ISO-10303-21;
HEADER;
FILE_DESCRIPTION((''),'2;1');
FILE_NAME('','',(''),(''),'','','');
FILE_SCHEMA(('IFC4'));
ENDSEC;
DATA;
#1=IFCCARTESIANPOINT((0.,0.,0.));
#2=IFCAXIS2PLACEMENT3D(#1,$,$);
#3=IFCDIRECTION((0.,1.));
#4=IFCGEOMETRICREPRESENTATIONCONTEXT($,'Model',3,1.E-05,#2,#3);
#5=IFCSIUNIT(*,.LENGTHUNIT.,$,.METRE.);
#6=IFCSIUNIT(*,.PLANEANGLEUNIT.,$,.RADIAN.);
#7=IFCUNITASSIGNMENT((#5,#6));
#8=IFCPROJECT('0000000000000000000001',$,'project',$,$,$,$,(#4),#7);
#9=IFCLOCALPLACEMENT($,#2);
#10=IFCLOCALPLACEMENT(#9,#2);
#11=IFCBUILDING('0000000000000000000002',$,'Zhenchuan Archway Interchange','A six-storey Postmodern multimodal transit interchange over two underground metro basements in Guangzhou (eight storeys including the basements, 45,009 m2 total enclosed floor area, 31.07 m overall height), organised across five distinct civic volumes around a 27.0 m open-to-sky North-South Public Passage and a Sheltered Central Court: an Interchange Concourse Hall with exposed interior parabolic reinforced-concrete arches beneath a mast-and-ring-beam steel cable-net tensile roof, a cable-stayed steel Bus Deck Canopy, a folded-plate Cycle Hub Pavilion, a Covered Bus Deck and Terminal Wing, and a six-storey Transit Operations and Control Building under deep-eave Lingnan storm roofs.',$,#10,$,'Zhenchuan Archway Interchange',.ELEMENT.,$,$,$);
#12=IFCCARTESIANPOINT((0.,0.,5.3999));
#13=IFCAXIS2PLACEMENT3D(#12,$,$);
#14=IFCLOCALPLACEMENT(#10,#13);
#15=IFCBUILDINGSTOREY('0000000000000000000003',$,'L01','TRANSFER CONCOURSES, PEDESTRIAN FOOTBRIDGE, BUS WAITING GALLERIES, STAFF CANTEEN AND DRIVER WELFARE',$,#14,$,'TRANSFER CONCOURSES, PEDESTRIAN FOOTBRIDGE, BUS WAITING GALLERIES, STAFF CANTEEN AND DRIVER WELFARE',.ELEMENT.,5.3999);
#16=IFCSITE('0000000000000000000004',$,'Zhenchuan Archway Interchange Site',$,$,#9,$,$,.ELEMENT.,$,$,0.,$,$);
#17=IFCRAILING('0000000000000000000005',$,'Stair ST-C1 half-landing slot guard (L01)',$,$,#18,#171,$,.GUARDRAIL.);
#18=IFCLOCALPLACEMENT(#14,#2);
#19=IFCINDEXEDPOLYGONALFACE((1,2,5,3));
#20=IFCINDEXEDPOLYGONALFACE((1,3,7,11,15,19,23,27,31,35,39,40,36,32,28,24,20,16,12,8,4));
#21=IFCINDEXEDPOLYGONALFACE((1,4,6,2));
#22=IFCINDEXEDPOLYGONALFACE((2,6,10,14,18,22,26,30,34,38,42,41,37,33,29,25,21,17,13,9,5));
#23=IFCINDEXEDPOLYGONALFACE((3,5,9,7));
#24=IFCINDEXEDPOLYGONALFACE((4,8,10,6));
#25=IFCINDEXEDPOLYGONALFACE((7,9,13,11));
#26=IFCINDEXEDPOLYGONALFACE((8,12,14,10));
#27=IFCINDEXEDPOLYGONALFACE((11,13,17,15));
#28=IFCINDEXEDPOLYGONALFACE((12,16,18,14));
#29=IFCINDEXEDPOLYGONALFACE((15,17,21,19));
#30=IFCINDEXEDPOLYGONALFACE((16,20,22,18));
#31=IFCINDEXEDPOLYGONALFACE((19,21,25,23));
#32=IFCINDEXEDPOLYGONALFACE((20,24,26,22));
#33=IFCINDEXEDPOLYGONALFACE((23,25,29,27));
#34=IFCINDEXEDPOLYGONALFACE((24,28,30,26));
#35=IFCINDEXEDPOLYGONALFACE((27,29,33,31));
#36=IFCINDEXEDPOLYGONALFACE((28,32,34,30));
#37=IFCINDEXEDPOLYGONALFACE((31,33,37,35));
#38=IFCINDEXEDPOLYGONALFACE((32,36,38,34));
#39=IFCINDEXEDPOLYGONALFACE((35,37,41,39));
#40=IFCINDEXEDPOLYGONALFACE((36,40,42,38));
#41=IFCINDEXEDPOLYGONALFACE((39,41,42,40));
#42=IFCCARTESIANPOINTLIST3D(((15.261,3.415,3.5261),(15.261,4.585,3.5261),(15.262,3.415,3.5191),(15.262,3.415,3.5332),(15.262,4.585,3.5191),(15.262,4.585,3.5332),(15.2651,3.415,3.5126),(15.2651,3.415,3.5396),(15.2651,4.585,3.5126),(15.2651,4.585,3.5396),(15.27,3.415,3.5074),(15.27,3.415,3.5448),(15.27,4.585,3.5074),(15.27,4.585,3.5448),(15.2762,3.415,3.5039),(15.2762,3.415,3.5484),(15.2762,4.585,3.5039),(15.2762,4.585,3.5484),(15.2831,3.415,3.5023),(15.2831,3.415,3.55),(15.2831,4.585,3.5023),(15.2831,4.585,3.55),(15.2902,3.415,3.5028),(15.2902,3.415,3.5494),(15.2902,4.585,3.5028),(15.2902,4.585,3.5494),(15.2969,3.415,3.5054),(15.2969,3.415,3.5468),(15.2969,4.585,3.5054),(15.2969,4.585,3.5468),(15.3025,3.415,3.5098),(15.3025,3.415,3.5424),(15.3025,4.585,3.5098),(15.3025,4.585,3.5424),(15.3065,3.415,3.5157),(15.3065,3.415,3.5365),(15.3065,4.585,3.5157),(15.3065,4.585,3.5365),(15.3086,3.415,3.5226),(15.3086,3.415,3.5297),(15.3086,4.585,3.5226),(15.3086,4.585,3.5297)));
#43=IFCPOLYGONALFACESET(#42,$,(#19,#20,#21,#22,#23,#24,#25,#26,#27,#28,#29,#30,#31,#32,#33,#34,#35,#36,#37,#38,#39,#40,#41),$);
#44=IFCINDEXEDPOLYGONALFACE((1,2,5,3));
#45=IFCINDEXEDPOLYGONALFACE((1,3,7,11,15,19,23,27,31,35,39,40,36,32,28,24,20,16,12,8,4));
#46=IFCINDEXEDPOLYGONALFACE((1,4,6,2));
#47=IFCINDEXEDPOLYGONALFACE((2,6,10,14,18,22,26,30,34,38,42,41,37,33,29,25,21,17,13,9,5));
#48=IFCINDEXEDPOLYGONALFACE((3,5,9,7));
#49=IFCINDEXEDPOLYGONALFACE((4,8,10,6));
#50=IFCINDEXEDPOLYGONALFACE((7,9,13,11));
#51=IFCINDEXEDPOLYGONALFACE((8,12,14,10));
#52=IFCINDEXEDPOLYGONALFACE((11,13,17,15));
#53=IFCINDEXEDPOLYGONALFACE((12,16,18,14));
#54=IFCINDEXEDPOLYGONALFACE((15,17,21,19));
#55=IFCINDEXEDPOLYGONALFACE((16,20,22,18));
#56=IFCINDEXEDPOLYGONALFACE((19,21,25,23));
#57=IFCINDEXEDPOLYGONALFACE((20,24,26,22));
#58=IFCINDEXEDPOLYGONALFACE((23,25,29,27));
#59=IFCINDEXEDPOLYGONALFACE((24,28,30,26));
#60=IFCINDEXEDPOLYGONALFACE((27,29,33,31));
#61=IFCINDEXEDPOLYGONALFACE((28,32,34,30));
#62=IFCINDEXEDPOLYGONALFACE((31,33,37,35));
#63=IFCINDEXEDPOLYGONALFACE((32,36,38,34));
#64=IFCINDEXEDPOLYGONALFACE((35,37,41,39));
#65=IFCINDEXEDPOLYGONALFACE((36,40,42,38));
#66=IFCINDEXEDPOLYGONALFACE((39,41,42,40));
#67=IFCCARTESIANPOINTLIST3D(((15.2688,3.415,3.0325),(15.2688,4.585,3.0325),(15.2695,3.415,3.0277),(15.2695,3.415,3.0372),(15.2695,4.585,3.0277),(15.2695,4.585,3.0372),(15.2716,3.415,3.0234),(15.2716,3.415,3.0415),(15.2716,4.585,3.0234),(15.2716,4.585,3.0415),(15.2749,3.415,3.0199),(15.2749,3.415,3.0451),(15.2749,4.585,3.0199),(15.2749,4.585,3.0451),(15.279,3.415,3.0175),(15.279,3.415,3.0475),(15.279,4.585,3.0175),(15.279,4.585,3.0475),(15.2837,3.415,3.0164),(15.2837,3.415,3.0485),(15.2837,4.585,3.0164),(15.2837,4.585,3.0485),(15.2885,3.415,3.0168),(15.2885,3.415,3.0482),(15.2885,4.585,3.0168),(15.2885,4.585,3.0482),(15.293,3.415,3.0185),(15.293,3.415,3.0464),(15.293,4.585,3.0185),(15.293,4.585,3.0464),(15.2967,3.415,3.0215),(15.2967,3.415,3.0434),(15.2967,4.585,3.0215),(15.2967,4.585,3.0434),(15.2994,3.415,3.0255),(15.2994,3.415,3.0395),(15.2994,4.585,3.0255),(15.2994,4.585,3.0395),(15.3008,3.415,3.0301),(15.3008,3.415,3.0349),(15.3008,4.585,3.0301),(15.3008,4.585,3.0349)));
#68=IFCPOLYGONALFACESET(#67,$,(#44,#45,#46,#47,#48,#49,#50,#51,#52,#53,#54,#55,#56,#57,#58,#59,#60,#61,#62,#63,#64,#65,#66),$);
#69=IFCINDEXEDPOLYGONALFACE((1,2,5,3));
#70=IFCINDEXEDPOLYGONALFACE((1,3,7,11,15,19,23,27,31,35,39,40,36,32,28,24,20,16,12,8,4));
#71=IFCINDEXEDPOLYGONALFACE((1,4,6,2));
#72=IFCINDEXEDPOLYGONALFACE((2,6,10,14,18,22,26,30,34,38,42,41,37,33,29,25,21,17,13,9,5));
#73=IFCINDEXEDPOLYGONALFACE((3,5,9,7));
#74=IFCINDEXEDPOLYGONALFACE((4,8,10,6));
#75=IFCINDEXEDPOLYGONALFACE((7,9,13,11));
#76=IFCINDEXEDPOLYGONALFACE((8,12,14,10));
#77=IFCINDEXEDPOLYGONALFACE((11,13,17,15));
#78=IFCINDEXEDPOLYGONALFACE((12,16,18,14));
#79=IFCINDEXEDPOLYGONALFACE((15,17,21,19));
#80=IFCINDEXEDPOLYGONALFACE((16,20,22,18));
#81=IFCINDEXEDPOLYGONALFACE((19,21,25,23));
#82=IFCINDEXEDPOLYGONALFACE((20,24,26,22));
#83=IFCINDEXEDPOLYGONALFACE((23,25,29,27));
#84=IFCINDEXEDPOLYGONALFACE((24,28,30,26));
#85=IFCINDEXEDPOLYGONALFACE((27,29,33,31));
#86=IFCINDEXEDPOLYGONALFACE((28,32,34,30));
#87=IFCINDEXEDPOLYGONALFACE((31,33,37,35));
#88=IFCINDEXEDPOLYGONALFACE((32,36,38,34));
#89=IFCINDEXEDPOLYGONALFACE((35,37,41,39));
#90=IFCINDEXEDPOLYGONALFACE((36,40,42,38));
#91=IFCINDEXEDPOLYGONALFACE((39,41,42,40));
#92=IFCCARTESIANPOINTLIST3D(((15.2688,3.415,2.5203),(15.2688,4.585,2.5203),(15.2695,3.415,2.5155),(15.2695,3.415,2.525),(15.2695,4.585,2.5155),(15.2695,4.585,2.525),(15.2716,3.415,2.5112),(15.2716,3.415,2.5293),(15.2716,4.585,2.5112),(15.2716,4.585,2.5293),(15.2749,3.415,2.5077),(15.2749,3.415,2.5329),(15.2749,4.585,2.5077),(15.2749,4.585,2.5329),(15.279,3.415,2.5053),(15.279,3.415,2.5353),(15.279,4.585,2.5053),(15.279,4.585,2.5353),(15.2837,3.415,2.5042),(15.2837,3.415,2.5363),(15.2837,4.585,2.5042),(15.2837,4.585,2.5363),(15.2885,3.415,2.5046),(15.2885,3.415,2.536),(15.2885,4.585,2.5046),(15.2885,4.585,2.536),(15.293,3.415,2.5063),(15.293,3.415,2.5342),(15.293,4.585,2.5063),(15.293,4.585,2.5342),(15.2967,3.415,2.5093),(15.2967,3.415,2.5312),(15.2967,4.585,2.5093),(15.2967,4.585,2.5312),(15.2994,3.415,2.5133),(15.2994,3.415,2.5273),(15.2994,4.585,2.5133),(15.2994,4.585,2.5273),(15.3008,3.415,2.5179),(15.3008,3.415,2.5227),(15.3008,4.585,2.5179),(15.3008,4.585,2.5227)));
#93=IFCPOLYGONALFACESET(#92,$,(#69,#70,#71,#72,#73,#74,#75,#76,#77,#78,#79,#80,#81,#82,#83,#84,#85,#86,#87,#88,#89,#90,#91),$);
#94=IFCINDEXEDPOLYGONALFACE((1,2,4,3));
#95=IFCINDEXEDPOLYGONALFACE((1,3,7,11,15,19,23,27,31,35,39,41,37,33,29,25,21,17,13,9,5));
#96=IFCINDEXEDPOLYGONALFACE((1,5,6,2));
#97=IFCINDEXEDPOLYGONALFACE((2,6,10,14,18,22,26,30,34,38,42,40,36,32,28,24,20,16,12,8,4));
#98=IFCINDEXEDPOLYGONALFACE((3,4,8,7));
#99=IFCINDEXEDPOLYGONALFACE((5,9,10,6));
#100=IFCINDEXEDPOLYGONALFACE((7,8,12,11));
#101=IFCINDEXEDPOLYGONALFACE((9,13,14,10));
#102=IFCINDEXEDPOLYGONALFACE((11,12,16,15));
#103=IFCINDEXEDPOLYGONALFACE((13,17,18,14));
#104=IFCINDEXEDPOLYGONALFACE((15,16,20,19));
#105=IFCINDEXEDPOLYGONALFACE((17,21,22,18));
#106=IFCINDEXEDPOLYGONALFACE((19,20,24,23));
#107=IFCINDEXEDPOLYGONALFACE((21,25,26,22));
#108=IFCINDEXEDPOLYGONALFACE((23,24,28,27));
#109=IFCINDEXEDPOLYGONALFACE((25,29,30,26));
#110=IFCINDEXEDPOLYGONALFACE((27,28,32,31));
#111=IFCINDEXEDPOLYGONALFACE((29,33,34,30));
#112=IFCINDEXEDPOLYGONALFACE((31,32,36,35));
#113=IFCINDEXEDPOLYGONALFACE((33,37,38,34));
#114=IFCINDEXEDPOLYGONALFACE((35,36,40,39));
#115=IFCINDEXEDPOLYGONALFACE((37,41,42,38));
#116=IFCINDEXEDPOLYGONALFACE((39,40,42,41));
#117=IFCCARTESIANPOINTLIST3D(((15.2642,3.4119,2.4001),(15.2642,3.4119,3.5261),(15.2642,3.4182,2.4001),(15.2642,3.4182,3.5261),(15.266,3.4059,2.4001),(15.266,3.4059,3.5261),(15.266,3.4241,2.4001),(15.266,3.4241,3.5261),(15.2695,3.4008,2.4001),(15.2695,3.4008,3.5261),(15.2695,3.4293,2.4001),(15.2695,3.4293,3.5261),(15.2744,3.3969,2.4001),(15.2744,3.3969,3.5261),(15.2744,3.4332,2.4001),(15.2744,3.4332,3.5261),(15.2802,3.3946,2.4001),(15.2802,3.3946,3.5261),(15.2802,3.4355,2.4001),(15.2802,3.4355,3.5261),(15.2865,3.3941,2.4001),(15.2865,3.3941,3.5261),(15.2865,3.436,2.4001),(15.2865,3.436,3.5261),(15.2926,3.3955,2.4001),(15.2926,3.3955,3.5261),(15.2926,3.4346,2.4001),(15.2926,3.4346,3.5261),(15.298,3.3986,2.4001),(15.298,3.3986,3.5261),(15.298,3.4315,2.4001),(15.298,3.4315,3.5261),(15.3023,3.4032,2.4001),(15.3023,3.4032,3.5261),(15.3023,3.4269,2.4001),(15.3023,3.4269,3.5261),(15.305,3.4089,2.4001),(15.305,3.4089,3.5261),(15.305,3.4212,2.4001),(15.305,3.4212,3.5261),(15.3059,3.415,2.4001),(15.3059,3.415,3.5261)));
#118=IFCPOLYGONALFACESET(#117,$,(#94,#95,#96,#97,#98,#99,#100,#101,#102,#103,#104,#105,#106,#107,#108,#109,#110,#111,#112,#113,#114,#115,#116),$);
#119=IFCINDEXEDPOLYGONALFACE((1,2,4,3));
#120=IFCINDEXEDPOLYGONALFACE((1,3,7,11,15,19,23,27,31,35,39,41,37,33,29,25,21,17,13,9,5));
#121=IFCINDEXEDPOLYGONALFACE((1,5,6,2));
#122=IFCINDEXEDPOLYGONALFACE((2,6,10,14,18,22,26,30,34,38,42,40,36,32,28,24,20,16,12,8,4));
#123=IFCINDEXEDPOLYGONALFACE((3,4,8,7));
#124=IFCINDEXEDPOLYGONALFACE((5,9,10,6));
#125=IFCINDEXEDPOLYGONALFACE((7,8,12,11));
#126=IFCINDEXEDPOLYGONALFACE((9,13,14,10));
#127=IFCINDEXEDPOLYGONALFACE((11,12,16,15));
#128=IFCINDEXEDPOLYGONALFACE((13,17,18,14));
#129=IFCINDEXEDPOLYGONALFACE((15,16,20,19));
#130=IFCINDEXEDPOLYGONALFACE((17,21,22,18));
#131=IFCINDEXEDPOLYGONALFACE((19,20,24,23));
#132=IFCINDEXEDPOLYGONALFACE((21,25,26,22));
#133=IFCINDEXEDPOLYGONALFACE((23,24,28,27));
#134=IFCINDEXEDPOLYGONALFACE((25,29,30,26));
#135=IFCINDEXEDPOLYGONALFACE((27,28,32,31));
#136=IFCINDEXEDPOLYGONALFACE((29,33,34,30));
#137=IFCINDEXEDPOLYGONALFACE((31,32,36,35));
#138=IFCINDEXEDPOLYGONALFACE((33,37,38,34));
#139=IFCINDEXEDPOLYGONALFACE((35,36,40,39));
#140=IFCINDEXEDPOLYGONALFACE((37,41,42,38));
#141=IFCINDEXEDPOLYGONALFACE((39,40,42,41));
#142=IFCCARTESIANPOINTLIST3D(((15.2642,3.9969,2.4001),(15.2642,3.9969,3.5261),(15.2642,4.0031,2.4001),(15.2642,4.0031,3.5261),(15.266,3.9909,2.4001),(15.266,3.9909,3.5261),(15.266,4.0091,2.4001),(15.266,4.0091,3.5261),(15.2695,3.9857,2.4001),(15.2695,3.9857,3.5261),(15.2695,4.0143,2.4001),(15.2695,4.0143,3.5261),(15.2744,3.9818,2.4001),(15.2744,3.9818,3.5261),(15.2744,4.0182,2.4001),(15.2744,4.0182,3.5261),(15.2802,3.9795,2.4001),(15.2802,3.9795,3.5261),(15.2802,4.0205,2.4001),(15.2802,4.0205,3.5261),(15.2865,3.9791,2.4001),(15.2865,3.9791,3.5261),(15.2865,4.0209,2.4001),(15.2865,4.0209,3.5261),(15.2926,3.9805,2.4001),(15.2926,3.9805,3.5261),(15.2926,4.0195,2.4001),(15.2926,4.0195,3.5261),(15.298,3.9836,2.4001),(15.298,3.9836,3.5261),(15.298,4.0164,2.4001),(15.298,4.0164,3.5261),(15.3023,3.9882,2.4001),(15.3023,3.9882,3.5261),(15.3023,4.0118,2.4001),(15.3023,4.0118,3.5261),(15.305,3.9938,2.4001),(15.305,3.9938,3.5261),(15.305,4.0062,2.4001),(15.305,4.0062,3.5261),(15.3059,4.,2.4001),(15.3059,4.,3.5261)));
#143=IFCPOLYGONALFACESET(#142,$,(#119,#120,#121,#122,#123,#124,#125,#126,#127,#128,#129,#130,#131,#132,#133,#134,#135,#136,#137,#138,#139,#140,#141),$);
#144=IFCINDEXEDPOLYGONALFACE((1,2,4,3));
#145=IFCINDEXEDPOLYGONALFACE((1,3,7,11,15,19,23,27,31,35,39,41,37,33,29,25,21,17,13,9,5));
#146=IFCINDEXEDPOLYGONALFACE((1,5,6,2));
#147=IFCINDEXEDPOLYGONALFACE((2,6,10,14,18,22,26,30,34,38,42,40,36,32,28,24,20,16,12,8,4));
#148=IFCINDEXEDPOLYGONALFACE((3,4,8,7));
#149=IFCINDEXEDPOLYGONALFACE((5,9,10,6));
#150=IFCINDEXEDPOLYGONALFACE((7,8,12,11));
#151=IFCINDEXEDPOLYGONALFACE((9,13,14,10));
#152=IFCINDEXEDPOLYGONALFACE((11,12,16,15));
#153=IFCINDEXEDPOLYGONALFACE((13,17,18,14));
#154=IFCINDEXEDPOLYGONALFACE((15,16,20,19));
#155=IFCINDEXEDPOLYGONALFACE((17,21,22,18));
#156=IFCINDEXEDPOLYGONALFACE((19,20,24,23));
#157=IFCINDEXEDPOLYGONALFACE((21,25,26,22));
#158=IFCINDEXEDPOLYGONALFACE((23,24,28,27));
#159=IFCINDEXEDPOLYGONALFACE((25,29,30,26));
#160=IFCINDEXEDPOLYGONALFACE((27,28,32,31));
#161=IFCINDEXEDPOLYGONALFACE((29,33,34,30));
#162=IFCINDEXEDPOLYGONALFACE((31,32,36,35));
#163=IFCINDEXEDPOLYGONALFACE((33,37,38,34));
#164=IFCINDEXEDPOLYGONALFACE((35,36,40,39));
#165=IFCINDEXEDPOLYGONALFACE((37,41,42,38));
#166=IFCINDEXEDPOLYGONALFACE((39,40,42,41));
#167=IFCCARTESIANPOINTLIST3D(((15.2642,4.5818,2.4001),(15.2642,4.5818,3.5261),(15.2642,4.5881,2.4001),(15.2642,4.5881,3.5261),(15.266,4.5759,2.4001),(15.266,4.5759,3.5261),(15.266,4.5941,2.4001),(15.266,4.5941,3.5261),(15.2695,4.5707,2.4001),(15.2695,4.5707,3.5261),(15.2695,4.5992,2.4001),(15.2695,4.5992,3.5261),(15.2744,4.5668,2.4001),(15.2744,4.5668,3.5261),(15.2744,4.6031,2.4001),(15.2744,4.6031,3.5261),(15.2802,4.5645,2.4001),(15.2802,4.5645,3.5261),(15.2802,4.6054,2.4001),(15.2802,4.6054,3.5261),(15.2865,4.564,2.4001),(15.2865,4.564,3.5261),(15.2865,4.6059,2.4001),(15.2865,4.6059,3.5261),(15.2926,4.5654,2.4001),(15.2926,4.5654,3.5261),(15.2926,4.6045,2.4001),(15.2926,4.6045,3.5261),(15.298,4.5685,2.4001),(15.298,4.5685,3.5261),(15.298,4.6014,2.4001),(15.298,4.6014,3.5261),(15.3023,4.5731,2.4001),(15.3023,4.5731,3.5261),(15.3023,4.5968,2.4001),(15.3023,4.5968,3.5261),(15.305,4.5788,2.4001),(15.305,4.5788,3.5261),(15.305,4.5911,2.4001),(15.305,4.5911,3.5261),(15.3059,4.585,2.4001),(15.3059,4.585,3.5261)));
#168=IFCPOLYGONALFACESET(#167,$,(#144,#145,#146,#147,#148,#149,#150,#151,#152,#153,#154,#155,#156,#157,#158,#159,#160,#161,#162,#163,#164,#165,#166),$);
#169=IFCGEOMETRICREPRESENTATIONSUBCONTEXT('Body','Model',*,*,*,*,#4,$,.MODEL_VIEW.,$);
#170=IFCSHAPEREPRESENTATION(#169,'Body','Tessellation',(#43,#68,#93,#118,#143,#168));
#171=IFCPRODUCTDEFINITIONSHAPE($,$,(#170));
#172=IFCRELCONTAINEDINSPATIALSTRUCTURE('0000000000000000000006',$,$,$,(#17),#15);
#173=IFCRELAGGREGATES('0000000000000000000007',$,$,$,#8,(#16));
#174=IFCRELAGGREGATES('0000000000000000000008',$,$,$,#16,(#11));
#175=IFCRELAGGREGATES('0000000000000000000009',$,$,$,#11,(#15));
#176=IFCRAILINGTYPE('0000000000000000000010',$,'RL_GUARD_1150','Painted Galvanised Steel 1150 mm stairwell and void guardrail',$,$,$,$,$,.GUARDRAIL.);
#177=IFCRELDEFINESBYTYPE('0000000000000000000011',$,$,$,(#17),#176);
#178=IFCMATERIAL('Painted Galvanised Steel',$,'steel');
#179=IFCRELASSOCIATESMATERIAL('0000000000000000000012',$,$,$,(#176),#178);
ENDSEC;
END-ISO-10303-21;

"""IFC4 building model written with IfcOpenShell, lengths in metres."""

from ifc_helpers import new_model, si_unit, direction, frame, origin, origin_2d, place, context, subcontext, project, spatial, circle, extrude, material, type_object, element, save


model = new_model("IFC4")

# Units and contexts
model_context = context("Model", 3, precision=1e-05, world=origin(), true_north=direction((0.0, 1.0)))
body_context = subcontext(model_context, "Body", "Model", "MODEL_VIEW")
ifc_project = project(units=[si_unit("LENGTHUNIT", "METRE"), si_unit("PLANEANGLEUNIT", "RADIAN")], contexts=[model_context])

# Site, building, storey
site_placement = place(None, origin())
site = spatial("IfcSite", under=ifc_project, at=site_placement, Name="Zhenchuan Archway Interchange Site", CompositionType="ELEMENT", RefElevation=0.0)
building_placement = place(site_placement, origin())
building = spatial("IfcBuilding", under=site, at=building_placement, Name="Zhenchuan Archway Interchange", Description="A six-storey Postmodern multimodal transit interchange over two underground metro basements in Guangzhou (eight storeys including the basements, 45,009 m2 total enclosed floor area, 31.07 m overall height), organised across five distinct civic volumes around a 27.0 m open-to-sky North-South Public Passage and a Sheltered Central Court: an Interchange Concourse Hall with exposed interior parabolic reinforced-concrete arches beneath a mast-and-ring-beam steel cable-net tensile roof, a cable-stayed steel Bus Deck Canopy, a folded-plate Cycle Hub Pavilion, a Covered Bus Deck and Terminal Wing, and a six-storey Transit Operations and Control Building under deep-eave Lingnan storm roofs.", LongName="Zhenchuan Archway Interchange", CompositionType="ELEMENT")
storey_placement = place(building_placement, frame((0.0, 0.0, 5.3999)))
storey = spatial("IfcBuildingStorey", under=building, at=storey_placement, Name="L01", Description="TRANSFER CONCOURSES, PEDESTRIAN FOOTBRIDGE, BUS WAITING GALLERIES, STAFF CANTEEN AND DRIVER WELFARE", LongName="TRANSFER CONCOURSES, PEDESTRIAN FOOTBRIDGE, BUS WAITING GALLERIES, STAFF CANTEEN AND DRIVER WELFARE", CompositionType="ELEMENT", Elevation=5.3999)

# Railing
ifc_material_1 = material(Name="Painted Galvanised Steel", Category="steel")
railing_type_1 = type_object("IfcRailingType", Name="RL_GUARD_1150", Description="Painted Galvanised Steel 1150 mm stairwell and void guardrail", PredefinedType="GUARDRAIL", material=ifc_material_1)
railing_placement = place(storey_placement, frame((15.2849, 3.415, 2.4001)))
element("IfcRailing", 1, at=railing_placement, inside=storey, type_object=railing_type_1, Name="Stair ST-C1 half-landing slot guard (L01)", PredefinedType="GUARDRAIL", context=body_context, shape_type="SweptSolid", body=[
    extrude(circle(Radius=0.0239, at=origin_2d()), frame((0.0, 0.0, 1.126), z_axis=(0.0, 1.0, 0.0), x_axis=(-1.0, 0.0, 0.0)), (0.0, 0.0, 1.0), 1.1699),
    extrude(circle(Radius=0.0161, at=origin_2d()), frame((0.0, 0.0, 0.6323), z_axis=(0.0, 1.0, 0.0), x_axis=(-1.0, 0.0, 0.0)), (0.0, 0.0, 1.0), 1.1699),
    extrude(circle(Radius=0.0161, at=origin_2d()), frame((0.0, 0.0, 0.1201), z_axis=(0.0, 1.0, 0.0), x_axis=(-1.0, 0.0, 0.0)), (0.0, 0.0, 1.0), 1.1699),
    extrude(circle(Radius=0.021, at=origin_2d()), origin(), (0.0, 0.0, 1.0), 1.126),
    extrude(circle(Radius=0.021, at=origin_2d()), frame((0.0, 0.585, 0.0)), (0.0, 0.0, 1.0), 1.126),
    extrude(circle(Radius=0.021, at=origin_2d()), frame((0.0, 1.1699, 0.0)), (0.0, 0.0, 1.0), 1.126),
])

save(model, "model.ifc")
